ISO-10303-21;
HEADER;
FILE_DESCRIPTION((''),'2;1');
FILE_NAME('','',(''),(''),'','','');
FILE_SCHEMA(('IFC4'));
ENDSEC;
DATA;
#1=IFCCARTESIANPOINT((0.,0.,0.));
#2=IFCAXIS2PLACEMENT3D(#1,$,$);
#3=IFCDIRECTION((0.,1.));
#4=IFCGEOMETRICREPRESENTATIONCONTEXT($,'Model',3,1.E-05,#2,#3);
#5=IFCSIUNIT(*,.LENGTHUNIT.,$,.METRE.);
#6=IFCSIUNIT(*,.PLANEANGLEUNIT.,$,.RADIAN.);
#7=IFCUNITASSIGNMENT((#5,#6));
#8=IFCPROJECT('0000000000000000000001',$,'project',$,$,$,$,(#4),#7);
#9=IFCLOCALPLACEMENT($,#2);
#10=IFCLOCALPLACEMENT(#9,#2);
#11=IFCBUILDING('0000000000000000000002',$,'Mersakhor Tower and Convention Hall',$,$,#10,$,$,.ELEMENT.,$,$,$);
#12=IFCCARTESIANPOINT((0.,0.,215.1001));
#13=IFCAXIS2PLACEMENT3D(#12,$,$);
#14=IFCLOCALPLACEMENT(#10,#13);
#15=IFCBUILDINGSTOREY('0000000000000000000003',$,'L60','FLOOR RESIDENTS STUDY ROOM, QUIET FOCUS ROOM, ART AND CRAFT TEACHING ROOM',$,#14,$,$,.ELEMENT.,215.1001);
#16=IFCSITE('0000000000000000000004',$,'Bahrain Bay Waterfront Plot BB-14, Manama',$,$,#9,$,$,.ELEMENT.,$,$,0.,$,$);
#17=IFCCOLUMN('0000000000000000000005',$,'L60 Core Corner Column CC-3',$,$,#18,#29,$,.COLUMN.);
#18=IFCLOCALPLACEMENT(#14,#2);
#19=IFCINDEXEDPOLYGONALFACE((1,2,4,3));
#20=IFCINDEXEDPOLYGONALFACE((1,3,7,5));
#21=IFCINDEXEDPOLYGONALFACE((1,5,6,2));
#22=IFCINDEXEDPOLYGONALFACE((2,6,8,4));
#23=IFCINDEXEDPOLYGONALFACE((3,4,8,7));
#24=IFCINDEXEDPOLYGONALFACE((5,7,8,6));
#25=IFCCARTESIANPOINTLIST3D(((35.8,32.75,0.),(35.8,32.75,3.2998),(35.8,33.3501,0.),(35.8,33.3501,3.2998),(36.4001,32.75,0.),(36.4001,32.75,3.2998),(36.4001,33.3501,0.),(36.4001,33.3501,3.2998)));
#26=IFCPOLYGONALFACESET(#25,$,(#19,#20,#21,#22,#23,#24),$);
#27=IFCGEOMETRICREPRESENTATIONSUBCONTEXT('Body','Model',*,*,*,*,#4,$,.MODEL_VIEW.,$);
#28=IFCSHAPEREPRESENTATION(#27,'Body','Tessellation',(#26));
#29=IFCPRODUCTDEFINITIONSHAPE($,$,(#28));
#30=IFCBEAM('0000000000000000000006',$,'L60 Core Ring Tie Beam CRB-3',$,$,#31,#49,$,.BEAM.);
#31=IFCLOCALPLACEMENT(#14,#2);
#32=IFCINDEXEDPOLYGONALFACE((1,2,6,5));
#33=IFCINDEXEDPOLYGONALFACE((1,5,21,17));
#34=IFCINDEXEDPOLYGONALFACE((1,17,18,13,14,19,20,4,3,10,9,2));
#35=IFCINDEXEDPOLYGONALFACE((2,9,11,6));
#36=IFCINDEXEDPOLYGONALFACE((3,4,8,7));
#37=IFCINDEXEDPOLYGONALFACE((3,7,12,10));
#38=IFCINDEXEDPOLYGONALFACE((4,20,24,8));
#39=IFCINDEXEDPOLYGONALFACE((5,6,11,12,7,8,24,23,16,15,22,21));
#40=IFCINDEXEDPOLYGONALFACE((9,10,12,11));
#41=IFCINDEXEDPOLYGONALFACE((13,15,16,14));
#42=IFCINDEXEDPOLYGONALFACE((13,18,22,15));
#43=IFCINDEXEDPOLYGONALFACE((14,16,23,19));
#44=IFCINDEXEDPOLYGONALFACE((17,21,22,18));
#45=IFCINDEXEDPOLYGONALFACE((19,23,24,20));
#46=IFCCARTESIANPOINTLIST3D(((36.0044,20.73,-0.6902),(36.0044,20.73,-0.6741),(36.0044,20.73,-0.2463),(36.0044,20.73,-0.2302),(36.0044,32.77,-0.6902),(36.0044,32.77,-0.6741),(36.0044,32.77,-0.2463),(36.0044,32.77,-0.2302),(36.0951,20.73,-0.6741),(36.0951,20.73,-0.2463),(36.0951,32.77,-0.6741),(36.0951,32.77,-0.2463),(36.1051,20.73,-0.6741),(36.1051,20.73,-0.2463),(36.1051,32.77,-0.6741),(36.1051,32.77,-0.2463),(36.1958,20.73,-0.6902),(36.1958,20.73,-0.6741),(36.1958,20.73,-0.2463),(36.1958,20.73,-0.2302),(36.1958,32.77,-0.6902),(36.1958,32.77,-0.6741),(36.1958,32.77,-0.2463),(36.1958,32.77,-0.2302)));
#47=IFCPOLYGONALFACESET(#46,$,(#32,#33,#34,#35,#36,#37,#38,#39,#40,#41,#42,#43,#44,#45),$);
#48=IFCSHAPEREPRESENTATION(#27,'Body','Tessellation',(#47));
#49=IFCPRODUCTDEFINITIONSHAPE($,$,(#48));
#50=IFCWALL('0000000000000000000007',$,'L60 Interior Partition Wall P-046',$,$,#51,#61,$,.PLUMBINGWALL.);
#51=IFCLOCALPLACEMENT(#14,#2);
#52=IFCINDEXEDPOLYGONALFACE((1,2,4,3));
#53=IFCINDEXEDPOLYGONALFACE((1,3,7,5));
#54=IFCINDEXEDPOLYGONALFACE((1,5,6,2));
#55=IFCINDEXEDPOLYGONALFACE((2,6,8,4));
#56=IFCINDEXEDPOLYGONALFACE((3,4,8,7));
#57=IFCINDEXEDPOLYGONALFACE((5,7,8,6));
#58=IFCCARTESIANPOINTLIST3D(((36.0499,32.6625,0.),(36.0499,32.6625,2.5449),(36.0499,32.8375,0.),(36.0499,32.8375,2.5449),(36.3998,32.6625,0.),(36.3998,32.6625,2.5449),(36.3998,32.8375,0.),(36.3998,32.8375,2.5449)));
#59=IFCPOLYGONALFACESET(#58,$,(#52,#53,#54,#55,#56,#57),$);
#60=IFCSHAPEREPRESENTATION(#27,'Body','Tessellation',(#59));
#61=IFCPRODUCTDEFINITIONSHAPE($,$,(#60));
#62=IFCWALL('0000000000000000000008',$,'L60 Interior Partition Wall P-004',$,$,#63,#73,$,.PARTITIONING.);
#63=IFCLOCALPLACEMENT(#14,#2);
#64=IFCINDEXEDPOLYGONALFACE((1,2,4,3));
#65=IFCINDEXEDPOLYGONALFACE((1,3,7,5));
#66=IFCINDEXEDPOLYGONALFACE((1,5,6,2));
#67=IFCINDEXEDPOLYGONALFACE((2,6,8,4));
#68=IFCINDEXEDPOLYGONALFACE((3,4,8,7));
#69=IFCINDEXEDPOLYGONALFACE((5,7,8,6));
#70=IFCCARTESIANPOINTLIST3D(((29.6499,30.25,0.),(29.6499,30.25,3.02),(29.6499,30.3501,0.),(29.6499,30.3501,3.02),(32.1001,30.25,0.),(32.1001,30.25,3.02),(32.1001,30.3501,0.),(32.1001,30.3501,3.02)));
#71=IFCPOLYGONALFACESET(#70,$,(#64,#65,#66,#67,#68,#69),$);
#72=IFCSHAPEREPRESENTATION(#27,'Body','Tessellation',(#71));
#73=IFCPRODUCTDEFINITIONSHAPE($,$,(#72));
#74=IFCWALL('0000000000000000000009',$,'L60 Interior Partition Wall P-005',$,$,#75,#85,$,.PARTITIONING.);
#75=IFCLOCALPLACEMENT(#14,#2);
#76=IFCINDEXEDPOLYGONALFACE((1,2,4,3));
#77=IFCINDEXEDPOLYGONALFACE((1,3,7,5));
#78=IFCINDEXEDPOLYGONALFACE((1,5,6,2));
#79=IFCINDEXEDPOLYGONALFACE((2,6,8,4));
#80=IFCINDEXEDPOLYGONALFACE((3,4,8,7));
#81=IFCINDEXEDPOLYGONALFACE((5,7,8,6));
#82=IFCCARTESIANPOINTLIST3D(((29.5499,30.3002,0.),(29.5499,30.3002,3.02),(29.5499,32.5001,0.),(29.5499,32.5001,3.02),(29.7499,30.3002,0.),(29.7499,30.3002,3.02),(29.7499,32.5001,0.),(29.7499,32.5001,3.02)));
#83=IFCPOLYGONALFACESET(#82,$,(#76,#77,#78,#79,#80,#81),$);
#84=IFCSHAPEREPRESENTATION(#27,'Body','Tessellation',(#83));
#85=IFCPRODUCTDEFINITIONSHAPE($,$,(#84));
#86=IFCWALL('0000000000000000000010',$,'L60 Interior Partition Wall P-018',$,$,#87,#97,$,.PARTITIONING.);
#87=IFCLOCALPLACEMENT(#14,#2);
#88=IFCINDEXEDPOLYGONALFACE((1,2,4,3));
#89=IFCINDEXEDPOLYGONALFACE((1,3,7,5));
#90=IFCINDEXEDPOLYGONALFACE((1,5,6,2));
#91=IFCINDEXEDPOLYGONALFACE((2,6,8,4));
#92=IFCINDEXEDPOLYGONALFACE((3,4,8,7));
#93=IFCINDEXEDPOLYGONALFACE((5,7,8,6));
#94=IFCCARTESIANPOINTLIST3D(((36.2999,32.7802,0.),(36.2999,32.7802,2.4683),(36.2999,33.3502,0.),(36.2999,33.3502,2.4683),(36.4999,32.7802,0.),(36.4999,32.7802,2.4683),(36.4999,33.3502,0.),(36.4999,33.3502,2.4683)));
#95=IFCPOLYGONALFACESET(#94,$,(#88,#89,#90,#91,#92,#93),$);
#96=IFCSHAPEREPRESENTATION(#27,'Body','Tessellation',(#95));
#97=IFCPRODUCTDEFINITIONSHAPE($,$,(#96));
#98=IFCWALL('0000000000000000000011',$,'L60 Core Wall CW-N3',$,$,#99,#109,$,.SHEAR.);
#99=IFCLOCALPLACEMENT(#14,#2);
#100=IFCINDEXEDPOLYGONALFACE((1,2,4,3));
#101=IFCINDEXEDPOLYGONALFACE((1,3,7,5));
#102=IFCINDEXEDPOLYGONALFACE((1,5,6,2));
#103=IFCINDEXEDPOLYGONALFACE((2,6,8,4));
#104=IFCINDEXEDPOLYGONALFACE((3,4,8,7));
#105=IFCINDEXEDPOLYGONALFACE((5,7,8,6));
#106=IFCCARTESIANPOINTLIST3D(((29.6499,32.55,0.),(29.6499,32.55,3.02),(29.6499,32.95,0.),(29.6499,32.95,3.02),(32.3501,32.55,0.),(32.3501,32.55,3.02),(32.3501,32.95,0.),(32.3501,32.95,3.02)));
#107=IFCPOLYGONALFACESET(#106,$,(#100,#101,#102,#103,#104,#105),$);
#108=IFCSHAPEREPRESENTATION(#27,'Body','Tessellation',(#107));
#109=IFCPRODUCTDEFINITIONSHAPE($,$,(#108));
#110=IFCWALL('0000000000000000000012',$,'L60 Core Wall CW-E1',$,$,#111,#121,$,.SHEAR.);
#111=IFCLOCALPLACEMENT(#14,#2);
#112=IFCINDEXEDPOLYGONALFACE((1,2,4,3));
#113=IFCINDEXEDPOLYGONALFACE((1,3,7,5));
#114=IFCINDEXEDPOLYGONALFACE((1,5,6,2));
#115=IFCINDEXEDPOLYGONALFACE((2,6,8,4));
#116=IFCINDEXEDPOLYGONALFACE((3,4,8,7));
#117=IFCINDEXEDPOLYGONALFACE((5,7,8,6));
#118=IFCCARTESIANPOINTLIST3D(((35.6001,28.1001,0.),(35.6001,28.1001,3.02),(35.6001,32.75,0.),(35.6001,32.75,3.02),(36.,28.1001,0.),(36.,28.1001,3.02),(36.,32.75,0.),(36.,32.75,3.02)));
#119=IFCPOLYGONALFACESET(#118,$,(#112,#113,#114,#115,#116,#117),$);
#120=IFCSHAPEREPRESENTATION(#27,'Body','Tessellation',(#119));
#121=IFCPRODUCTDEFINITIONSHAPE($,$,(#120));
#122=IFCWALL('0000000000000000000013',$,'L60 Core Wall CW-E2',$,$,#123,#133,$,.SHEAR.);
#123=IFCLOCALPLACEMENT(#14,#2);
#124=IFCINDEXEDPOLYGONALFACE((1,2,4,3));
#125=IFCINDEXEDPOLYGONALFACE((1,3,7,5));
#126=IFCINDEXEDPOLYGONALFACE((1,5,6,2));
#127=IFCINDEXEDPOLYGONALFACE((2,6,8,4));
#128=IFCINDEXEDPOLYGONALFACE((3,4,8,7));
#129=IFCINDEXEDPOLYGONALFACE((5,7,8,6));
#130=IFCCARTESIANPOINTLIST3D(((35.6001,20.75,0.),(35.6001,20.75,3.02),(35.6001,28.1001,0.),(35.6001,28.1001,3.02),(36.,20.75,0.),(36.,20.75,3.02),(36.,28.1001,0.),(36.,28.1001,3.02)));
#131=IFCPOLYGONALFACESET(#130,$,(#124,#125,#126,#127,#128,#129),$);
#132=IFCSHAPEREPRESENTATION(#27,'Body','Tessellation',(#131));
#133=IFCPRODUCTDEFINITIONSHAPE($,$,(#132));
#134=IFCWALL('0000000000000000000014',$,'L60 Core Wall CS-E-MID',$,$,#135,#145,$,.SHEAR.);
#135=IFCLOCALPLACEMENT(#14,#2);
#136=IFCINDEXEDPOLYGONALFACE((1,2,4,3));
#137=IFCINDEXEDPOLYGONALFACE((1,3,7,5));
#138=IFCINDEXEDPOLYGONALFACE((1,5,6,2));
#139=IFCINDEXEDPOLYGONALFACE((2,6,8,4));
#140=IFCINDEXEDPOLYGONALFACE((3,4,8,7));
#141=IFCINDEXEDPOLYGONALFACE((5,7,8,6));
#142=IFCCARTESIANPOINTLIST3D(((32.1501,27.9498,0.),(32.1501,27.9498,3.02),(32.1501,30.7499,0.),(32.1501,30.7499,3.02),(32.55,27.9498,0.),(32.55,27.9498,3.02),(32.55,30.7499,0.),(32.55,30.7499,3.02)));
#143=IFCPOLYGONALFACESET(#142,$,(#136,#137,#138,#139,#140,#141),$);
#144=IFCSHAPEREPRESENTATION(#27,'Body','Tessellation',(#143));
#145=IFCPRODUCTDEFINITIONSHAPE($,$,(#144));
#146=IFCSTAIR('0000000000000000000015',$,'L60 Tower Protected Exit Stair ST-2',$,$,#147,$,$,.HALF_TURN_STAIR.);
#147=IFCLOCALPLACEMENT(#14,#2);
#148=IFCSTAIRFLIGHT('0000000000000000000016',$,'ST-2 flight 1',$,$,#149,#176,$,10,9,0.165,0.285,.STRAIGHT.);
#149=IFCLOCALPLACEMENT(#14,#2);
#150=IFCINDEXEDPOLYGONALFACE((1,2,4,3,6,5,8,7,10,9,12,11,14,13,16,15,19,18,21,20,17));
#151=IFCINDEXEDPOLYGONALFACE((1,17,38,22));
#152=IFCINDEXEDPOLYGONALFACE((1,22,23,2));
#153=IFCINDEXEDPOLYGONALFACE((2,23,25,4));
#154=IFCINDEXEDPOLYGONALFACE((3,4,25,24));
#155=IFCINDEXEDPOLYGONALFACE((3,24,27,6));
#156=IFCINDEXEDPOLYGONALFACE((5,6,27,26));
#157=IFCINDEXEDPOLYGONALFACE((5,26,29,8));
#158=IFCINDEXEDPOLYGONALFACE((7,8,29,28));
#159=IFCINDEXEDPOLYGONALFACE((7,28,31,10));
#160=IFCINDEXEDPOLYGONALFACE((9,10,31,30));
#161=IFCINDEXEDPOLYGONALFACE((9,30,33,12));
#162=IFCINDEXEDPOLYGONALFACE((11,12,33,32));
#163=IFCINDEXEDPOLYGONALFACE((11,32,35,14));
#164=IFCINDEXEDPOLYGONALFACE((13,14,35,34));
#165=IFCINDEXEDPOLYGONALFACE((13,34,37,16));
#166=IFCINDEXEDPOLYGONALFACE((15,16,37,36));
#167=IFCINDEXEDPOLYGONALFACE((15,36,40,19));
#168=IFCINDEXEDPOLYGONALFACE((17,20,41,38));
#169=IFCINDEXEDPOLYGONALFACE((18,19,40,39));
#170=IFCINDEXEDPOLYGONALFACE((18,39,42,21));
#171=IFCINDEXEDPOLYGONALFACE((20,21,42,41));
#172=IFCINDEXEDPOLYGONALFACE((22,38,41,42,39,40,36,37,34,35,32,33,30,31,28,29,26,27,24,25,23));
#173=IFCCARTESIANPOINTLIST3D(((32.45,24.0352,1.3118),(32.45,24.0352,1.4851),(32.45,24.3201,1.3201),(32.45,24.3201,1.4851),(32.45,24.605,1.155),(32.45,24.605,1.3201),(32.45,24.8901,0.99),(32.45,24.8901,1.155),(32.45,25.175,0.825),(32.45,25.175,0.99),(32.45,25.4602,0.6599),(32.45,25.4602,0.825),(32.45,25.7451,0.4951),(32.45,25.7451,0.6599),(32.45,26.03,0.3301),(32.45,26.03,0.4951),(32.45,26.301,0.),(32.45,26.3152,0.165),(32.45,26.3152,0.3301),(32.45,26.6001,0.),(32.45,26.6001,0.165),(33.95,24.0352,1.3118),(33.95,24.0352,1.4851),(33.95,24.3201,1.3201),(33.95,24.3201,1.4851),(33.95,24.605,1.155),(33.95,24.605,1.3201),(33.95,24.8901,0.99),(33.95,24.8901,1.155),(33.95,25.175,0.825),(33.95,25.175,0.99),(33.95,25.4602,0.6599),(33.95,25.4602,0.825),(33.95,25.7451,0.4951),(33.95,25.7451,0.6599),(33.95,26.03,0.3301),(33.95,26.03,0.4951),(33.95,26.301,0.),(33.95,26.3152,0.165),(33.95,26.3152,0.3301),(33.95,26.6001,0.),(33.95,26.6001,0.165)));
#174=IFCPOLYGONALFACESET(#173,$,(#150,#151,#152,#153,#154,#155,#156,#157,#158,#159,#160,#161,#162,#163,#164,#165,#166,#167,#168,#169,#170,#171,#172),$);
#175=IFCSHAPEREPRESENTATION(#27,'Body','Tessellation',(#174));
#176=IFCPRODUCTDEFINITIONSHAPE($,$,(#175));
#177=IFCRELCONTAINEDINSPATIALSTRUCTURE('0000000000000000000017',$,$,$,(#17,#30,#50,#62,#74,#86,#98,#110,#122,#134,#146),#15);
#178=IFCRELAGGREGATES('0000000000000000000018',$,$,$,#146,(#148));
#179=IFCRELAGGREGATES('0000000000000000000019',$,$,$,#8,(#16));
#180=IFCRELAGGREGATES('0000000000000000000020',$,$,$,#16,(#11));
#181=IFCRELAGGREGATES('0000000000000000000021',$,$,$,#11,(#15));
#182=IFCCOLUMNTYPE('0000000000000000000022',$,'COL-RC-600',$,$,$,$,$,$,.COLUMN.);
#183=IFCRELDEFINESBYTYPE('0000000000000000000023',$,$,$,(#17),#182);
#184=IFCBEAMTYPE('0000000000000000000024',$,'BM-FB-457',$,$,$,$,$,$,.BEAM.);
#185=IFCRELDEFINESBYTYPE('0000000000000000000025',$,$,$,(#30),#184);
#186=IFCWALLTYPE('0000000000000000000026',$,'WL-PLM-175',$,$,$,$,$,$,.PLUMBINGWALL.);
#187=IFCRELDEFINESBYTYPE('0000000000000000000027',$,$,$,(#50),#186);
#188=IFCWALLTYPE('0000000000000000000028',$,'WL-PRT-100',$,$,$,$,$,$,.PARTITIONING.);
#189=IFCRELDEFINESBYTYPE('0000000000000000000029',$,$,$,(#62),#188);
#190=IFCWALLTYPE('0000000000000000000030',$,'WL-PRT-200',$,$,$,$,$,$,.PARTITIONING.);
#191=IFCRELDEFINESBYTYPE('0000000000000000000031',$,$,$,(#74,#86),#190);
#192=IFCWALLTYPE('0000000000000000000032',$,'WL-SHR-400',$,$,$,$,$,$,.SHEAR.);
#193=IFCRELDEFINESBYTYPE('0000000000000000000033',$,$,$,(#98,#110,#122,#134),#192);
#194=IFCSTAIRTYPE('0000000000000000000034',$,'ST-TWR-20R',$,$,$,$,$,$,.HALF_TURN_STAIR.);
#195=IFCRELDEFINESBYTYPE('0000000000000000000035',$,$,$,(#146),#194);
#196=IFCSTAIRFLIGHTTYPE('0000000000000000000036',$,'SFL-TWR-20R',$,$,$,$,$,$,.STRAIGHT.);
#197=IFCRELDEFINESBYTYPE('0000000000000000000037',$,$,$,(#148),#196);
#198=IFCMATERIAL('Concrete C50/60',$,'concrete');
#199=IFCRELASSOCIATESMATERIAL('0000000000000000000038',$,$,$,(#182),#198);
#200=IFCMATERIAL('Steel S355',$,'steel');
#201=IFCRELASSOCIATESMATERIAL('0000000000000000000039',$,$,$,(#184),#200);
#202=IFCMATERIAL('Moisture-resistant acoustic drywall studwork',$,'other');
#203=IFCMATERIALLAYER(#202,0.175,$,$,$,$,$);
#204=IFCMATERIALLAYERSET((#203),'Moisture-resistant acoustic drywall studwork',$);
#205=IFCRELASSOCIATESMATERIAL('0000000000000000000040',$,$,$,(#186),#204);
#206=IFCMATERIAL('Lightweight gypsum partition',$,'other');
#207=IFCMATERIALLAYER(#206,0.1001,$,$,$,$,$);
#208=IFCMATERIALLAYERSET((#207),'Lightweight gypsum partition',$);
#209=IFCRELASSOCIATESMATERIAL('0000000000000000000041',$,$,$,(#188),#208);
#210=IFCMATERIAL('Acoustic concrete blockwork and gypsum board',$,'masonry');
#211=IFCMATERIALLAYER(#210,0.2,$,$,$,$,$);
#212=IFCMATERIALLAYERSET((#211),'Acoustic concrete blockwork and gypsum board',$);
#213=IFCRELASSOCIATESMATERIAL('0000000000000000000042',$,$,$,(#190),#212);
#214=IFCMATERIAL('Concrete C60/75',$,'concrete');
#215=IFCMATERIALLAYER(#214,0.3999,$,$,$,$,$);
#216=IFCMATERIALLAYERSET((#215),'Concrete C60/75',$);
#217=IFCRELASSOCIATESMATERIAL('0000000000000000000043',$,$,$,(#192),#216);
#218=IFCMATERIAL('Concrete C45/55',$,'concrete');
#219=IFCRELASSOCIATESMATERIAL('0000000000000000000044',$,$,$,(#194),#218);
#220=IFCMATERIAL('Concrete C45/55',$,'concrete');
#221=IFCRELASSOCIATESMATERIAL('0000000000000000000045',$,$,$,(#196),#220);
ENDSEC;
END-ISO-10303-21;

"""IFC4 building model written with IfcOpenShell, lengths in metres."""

from ifc_helpers import new_model, si_unit, direction, frame, frame_2d, origin, origin_2d, place, context, subcontext, project, spatial, polyline, rectangle, i_section, outline, extrude, material, layer, layer_set, material_profile, profile_set, type_object, element, aggregate, save


model = new_model("IFC4")

# Units and contexts
model_context = context("Model", 3, precision=1e-05, world=origin(), true_north=direction((0.0, 1.0)))
body_context = subcontext(model_context, "Body", "Model", "MODEL_VIEW")
ifc_project = project(units=[si_unit("LENGTHUNIT", "METRE"), si_unit("PLANEANGLEUNIT", "RADIAN")], contexts=[model_context])

# Site, building, storey
site_placement = place(None, origin())
site = spatial("IfcSite", under=ifc_project, at=site_placement, Name="Bahrain Bay Waterfront Plot BB-14, Manama", CompositionType="ELEMENT", RefElevation=0.0)
building_placement = place(site_placement, origin())
building = spatial("IfcBuilding", under=site, at=building_placement, Name="Mersakhor Tower and Convention Hall", CompositionType="ELEMENT")
storey_placement = place(building_placement, frame((0.0, 0.0, 215.1001)))
storey = spatial("IfcBuildingStorey", under=building, at=storey_placement, Name="L60", Description="FLOOR RESIDENTS STUDY ROOM, QUIET FOCUS ROOM, ART AND CRAFT TEACHING ROOM", CompositionType="ELEMENT", Elevation=215.1001)

# Column
ifc_material_1 = material(Name="Concrete C50/60", Category="concrete")
ifc_material_profile_1 = material_profile(ifc_material_1, rectangle(XDim=0.6001, YDim=0.6001, at=origin_2d()), Name="RC 600x600")
ifc_profile_set_1 = profile_set([ifc_material_profile_1], Name="Concrete C50/60")
column_type = type_object("IfcColumnType", Name="COL-RC-600", PredefinedType="COLUMN", material=ifc_profile_set_1)
column_placement = place(storey_placement, frame((36.1001, 33.05, 0.0), z_axis=(0.0, 0.0, 1.0), x_axis=(1.0, 0.0, 0.0)))
element("IfcColumn", 1, at=column_placement, inside=storey, type_object=column_type, Name="L60 Core Corner Column CC-3", PredefinedType="COLUMN", context=body_context, shape_type="SweptSolid", body=[
    extrude(rectangle(XDim=0.6001, YDim=0.6001, at=origin_2d()), origin(), (0.0, 0.0, 1.0), 3.2998),
])

# Beam
ifc_material_2 = material(Name="Steel S355", Category="steel")
ifc_material_profile_2 = material_profile(ifc_material_2, i_section(OverallWidth=0.1914, OverallDepth=0.46, WebThickness=0.01, FlangeThickness=0.0161, at=origin_2d()), Name="UB 457x191x82")
ifc_profile_set_2 = profile_set([ifc_material_profile_2], Name="Steel S355")
beam_type = type_object("IfcBeamType", Name="BM-FB-457", PredefinedType="BEAM", material=ifc_profile_set_2)
beam_placement = place(storey_placement, frame((36.1001, 32.77, -0.4602), z_axis=(0.0, -1.0, 0.0), x_axis=(1.0, 0.0, 0.0)))
element("IfcBeam", 2, at=beam_placement, inside=storey, type_object=beam_type, Name="L60 Core Ring Tie Beam CRB-3", PredefinedType="BEAM", context=body_context, shape_type="SweptSolid", body=[
    extrude(i_section(OverallWidth=0.1914, OverallDepth=0.46, WebThickness=0.01, FlangeThickness=0.0161, at=origin_2d()), origin(), (0.0, 0.0, 1.0), 12.04),
])

# Walls
ifc_material_3 = material(Name="Moisture-resistant acoustic drywall studwork", Category="other")
ifc_layer_1 = layer(ifc_material_3, 0.175)
ifc_layer_set_1 = layer_set([ifc_layer_1], Name="Moisture-resistant acoustic drywall studwork")
wall_type_1 = type_object("IfcWallType", Name="WL-PLM-175", PredefinedType="PLUMBINGWALL", material=ifc_layer_set_1)
wall_1_placement = place(storey_placement, frame((36.05, 32.75, 0.0), z_axis=(0.0, 0.0, 1.0), x_axis=(1.0, 0.0, 0.0)))
element("IfcWall", 3, at=wall_1_placement, inside=storey, type_object=wall_type_1, Name="L60 Interior Partition Wall P-046", PredefinedType="PLUMBINGWALL", context=body_context, shape_type="SweptSolid", body=[
    extrude(rectangle(XDim=0.3499, YDim=0.175, at=frame_2d((0.1748, 0.0))), origin(), (0.0, 0.0, 1.0), 2.5449),
])
ifc_material_4 = material(Name="Lightweight gypsum partition", Category="other")
ifc_layer_2 = layer(ifc_material_4, 0.1001)
ifc_layer_set_2 = layer_set([ifc_layer_2], Name="Lightweight gypsum partition")
wall_type_2 = type_object("IfcWallType", Name="WL-PRT-100", PredefinedType="PARTITIONING", material=ifc_layer_set_2)
wall_2_placement = place(storey_placement, frame((32.1001, 30.3, 0.0), z_axis=(0.0, 0.0, 1.0), x_axis=(-1.0, 0.0, 0.0)))
element("IfcWall", 4, at=wall_2_placement, inside=storey, type_object=wall_type_2, Name="L60 Interior Partition Wall P-004", PredefinedType="PARTITIONING", context=body_context, shape_type="SweptSolid", body=[
    extrude(rectangle(XDim=2.4502, YDim=0.1001, at=frame_2d((1.2251, 0.0))), origin(), (0.0, 0.0, 1.0), 3.02),
])
ifc_material_5 = material(Name="Acoustic concrete blockwork and gypsum board", Category="masonry")
ifc_layer_3 = layer(ifc_material_5, 0.2)
ifc_layer_set_3 = layer_set([ifc_layer_3], Name="Acoustic concrete blockwork and gypsum board")
wall_type_3 = type_object("IfcWallType", Name="WL-PRT-200", PredefinedType="PARTITIONING", material=ifc_layer_set_3)
wall_3_placement = place(storey_placement, frame((29.6499, 30.3, 0.0), z_axis=(0.0, 0.0, 1.0), x_axis=(0.0, 1.0, 0.0)))
element("IfcWall", 5, at=wall_3_placement, inside=storey, type_object=wall_type_3, Name="L60 Interior Partition Wall P-005", PredefinedType="PARTITIONING", context=body_context, shape_type="SweptSolid", body=[
    extrude(rectangle(XDim=2.2, YDim=0.2, at=frame_2d((1.1001, 0.0))), origin(), (0.0, 0.0, 1.0), 3.02),
])
wall_4_placement = place(storey_placement, frame((36.3999, 32.78, 0.0), z_axis=(0.0, 0.0, 1.0), x_axis=(0.0, 1.0, 0.0)))
element("IfcWall", 6, at=wall_4_placement, inside=storey, type_object=wall_type_3, Name="L60 Interior Partition Wall P-018", PredefinedType="PARTITIONING", context=body_context, shape_type="SweptSolid", body=[
    extrude(rectangle(XDim=0.5701, YDim=0.2, at=frame_2d((0.2852, 0.0))), origin(), (0.0, 0.0, 1.0), 2.4683),
])

# Wall
ifc_material_6 = material(Name="Concrete C60/75", Category="concrete")
ifc_layer_4 = layer(ifc_material_6, 0.3999)
ifc_layer_set_4 = layer_set([ifc_layer_4], Name="Concrete C60/75")
wall_type_4 = type_object("IfcWallType", Name="WL-SHR-400", PredefinedType="SHEAR", material=ifc_layer_set_4)
wall_5_placement = place(storey_placement, frame((29.6499, 32.75, 0.0), z_axis=(0.0, 0.0, 1.0), x_axis=(1.0, 0.0, 0.0)))
element("IfcWall", 7, at=wall_5_placement, inside=storey, type_object=wall_type_4, Name="L60 Core Wall CW-N3", PredefinedType="SHEAR", context=body_context, shape_type="SweptSolid", body=[
    extrude(rectangle(XDim=2.7002, YDim=0.3999, at=frame_2d((1.3501, 0.0))), origin(), (0.0, 0.0, 1.0), 3.02),
])

# Walls
wall_6_placement = place(storey_placement, frame((35.8, 32.75, 0.0), z_axis=(0.0, 0.0, 1.0), x_axis=(0.0, -1.0, 0.0)))
element("IfcWall", 8, at=wall_6_placement, inside=storey, type_object=wall_type_4, Name="L60 Core Wall CW-E1", PredefinedType="SHEAR", context=body_context, shape_type="SweptSolid", body=[
    extrude(rectangle(XDim=4.6499, YDim=0.3999, at=frame_2d((2.325, 0.0))), origin(), (0.0, 0.0, 1.0), 3.02),
])
wall_7_placement = place(storey_placement, frame((35.8, 28.1001, 0.0), z_axis=(0.0, 0.0, 1.0), x_axis=(0.0, -1.0, 0.0)))
element("IfcWall", 9, at=wall_7_placement, inside=storey, type_object=wall_type_4, Name="L60 Core Wall CW-E2", PredefinedType="SHEAR", context=body_context, shape_type="SweptSolid", body=[
    extrude(rectangle(XDim=7.3501, YDim=0.3999, at=frame_2d((3.675, 0.0))), origin(), (0.0, 0.0, 1.0), 3.02),
])
wall_8_placement = place(storey_placement, frame((32.3501, 27.95, 0.0), z_axis=(0.0, 0.0, 1.0), x_axis=(0.0, 1.0, 0.0)))
element("IfcWall", 10, at=wall_8_placement, inside=storey, type_object=wall_type_4, Name="L60 Core Wall CS-E-MID", PredefinedType="SHEAR", context=body_context, shape_type="SweptSolid", body=[
    extrude(rectangle(XDim=2.8, YDim=0.3999, at=frame_2d((1.3999, 0.0))), origin(), (0.0, 0.0, 1.0), 3.02),
])

# Stair, stair flight
ifc_material_7 = material(Name="Concrete C45/55", Category="concrete")
stair_type = type_object("IfcStairType", Name="ST-TWR-20R", PredefinedType="HALF_TURN_STAIR", material=ifc_material_7)
stair_placement = place(storey_placement, origin())
stair = element("IfcStair", 11, at=stair_placement, inside=storey, type_object=stair_type, Name="L60 Tower Protected Exit Stair ST-2", PredefinedType="HALF_TURN_STAIR")
ifc_material_8 = material(Name="Concrete C45/55", Category="concrete")
stair_flight_type = type_object("IfcStairFlightType", Name="SFL-TWR-20R", PredefinedType="STRAIGHT", material=ifc_material_8)
stair_flight_placement = place(storey_placement, frame((33.2, 26.6001, 0.0), z_axis=(0.0, 0.0, 1.0), x_axis=(0.0, -1.0, 0.0)))
stair_flight = element("IfcStairFlight", 12, at=stair_flight_placement, type_object=stair_flight_type, Name="ST-2 flight 1", NumberOfRisers=10, NumberOfTreads=9, PredefinedType="STRAIGHT", RiserHeight=0.165, TreadLength=0.285, context=body_context, shape_type="SweptSolid", body=[
    extrude(outline(polyline([(0.0, 0.0), (0.0, 0.165), (0.2849, 0.165), (0.2849, 0.3301), (0.5701, 0.3301), (0.5701, 0.4951), (0.855, 0.4951), (0.855, 0.6599), (1.1399, 0.6599), (1.1399, 0.825), (1.425, 0.825), (1.425, 0.99), (1.71, 0.99), (1.71, 1.155), (1.9951, 1.155), (1.9951, 1.3201), (2.28, 1.3201), (2.28, 1.4851), (2.5649, 1.4851), (2.5649, 1.6499), (2.5649, 1.3118), (0.2991, 0.0), (0.0, 0.0)])), frame((0.0, 0.75, 0.0), z_axis=(0.0, -1.0, 0.0), x_axis=(1.0, 0.0, 0.0)), (0.0, 0.0, 1.0), 1.5),
])
aggregate(stair, [stair_flight])

save(model, "model.ifc")
